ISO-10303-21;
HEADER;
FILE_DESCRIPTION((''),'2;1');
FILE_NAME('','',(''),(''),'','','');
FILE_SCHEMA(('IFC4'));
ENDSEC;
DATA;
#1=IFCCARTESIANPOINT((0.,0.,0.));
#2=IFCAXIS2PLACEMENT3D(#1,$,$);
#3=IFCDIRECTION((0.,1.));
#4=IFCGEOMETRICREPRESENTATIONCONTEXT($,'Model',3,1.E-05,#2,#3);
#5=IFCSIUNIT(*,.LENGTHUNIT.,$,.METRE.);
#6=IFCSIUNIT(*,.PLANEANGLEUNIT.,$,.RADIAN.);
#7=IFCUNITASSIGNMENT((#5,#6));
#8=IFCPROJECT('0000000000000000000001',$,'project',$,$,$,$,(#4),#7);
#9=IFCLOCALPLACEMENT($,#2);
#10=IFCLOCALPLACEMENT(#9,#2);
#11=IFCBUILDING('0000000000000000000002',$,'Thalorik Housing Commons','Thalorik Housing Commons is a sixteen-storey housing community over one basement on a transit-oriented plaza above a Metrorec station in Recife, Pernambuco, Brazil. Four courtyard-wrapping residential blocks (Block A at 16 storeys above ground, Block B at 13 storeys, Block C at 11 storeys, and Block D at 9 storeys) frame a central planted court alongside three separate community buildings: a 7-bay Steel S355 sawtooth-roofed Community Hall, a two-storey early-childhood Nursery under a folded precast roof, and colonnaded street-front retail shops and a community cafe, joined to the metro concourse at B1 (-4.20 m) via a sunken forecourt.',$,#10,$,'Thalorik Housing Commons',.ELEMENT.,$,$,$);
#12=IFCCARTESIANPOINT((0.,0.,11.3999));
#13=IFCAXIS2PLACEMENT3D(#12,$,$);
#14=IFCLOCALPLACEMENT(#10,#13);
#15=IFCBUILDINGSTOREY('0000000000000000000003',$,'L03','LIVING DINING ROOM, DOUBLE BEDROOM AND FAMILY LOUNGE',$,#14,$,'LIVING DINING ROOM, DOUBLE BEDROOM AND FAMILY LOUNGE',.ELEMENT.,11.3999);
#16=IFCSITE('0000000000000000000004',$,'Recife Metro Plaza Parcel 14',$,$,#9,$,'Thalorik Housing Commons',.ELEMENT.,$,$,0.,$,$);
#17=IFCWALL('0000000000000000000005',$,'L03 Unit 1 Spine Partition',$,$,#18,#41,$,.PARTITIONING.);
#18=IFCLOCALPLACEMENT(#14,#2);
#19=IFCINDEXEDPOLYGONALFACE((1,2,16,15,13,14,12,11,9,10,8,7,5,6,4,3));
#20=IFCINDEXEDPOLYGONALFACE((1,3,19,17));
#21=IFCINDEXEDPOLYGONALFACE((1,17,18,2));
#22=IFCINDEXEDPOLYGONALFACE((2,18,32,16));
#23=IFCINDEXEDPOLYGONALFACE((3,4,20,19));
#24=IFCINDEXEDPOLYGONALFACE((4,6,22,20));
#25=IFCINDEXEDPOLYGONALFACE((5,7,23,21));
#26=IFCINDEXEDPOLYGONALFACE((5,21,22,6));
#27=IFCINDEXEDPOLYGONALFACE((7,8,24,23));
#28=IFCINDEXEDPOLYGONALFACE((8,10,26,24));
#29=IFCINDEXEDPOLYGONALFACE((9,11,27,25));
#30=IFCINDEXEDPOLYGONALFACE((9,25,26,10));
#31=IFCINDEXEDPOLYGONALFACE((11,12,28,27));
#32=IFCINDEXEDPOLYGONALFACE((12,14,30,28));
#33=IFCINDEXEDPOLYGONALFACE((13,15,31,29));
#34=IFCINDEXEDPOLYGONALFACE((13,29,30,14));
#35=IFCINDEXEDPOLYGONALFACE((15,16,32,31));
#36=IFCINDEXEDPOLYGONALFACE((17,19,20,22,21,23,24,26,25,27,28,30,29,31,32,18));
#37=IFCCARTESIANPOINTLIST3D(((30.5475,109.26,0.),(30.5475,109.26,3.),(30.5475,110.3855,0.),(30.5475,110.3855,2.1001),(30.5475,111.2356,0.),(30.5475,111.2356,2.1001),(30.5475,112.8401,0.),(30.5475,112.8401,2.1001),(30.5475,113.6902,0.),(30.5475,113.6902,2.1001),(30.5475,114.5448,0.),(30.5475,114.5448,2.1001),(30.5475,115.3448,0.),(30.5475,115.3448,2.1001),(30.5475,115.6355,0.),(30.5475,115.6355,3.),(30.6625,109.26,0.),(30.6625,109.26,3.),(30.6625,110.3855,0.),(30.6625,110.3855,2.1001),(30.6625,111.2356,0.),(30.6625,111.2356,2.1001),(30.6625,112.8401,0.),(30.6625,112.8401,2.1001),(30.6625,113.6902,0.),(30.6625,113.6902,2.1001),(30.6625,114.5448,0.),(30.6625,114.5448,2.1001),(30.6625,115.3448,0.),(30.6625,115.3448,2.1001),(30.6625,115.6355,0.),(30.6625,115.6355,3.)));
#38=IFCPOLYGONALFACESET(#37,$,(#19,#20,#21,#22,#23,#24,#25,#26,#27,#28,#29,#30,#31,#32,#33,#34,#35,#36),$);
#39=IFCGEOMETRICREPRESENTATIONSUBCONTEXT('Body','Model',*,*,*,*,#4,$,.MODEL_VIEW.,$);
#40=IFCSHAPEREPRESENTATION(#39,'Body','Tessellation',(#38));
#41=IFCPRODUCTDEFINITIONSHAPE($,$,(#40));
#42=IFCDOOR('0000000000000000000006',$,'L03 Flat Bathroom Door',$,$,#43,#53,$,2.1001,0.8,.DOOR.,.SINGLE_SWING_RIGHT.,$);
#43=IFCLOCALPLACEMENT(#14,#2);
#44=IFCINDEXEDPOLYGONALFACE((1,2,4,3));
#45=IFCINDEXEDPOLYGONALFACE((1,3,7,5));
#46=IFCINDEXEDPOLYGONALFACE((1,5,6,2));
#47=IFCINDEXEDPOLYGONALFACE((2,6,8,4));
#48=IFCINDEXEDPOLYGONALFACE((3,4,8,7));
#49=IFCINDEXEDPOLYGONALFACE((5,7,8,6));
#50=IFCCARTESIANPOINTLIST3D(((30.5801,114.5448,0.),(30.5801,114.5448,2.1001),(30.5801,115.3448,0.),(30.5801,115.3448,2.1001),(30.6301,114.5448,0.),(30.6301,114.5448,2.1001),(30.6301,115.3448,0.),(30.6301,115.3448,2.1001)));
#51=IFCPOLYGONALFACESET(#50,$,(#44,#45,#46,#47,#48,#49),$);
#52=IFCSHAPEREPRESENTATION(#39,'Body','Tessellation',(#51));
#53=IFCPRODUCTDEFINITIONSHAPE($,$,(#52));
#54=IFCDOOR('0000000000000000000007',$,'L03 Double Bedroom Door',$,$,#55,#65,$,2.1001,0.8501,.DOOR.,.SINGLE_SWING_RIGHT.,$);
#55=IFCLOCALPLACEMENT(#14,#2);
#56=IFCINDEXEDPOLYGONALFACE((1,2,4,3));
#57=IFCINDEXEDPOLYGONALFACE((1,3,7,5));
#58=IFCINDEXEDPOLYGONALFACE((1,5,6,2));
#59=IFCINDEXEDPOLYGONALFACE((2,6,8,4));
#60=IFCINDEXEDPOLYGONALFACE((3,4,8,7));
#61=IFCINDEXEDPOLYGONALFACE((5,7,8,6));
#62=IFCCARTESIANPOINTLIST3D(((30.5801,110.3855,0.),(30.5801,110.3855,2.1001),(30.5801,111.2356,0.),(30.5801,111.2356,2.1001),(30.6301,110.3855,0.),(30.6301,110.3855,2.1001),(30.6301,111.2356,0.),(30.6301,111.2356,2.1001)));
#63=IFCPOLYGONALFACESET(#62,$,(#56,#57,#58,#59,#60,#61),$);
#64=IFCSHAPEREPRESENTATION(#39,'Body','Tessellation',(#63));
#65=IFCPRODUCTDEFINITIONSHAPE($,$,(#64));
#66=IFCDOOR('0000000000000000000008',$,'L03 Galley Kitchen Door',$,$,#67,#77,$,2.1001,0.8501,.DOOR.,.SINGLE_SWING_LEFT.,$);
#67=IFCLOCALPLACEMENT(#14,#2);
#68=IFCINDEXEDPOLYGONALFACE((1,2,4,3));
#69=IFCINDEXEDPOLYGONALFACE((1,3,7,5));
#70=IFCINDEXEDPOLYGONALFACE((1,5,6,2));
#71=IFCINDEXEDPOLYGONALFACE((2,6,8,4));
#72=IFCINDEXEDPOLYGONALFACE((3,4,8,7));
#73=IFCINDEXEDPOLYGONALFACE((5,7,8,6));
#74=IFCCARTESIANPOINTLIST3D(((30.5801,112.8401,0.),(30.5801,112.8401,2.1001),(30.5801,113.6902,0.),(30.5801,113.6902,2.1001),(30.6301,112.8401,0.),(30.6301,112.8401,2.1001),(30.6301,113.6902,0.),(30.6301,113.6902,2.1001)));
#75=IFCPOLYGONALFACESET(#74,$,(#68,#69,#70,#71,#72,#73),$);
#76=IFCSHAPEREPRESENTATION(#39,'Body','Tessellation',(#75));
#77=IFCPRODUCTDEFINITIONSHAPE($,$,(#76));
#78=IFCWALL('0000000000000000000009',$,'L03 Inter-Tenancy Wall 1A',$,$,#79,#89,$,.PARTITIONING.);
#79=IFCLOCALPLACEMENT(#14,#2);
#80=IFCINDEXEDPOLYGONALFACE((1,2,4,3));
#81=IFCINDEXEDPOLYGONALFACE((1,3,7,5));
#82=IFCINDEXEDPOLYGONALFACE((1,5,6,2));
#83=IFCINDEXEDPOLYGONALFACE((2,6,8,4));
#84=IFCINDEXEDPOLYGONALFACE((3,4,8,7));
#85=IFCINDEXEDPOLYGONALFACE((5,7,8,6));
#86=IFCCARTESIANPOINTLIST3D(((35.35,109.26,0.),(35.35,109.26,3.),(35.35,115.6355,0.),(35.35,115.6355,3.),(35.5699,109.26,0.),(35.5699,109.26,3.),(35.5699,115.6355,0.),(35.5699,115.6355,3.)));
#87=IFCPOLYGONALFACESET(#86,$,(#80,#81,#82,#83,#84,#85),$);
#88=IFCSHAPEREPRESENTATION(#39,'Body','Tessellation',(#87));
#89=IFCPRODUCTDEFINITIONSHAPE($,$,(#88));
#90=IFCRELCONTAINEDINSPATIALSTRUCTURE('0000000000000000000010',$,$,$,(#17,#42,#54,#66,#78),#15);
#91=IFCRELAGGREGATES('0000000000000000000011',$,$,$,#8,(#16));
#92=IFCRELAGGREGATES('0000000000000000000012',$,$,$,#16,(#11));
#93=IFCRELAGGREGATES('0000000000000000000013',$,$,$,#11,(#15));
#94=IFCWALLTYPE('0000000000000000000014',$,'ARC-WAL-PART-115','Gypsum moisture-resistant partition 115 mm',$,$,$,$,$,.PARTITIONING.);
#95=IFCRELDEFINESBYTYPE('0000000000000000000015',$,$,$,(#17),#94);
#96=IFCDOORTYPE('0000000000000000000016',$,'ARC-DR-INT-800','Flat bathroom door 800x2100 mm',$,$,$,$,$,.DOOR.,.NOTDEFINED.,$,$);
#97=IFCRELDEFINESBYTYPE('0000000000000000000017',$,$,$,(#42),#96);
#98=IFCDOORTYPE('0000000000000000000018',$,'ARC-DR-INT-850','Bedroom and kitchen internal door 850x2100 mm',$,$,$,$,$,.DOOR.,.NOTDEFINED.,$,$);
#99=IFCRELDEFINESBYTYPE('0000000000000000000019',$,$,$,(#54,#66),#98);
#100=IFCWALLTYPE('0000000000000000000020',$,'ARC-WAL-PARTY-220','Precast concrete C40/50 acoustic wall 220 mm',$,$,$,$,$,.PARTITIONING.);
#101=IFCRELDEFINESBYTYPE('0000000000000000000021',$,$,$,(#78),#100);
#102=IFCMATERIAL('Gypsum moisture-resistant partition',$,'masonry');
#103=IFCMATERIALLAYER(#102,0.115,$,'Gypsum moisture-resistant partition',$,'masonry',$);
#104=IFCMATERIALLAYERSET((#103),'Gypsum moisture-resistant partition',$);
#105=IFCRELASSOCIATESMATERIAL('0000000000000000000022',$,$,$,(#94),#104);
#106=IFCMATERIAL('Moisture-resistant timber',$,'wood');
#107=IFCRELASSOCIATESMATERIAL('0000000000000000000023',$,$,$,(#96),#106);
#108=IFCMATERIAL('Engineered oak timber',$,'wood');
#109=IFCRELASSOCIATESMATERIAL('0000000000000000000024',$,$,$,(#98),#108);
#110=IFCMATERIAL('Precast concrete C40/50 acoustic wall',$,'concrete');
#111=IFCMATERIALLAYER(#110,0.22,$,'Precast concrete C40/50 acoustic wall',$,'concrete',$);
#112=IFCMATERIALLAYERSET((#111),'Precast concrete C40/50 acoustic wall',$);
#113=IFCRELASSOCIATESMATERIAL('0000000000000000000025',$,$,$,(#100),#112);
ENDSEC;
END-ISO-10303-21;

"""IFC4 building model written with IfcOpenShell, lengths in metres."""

from ifc_helpers import new_model, si_unit, direction, frame, frame_2d, origin, place, context, subcontext, project, spatial, rectangle, extrude, material, layer, layer_set, type_object, element, fill, save


model = new_model("IFC4")

# Units and contexts
model_context = context("Model", 3, precision=1e-05, world=origin(), true_north=direction((0.0, 1.0)))
body_context = subcontext(model_context, "Body", "Model", "MODEL_VIEW")
ifc_project = project(units=[si_unit("LENGTHUNIT", "METRE"), si_unit("PLANEANGLEUNIT", "RADIAN")], contexts=[model_context])

# Site, building, storey
site_placement = place(None, origin())
site = spatial("IfcSite", under=ifc_project, at=site_placement, Name="Recife Metro Plaza Parcel 14", LongName="Thalorik Housing Commons", CompositionType="ELEMENT", RefElevation=0.0)
building_placement = place(site_placement, origin())
building = spatial("IfcBuilding", under=site, at=building_placement, Name="Thalorik Housing Commons", Description="Thalorik Housing Commons is a sixteen-storey housing community over one basement on a transit-oriented plaza above a Metrorec station in Recife, Pernambuco, Brazil. Four courtyard-wrapping residential blocks (Block A at 16 storeys above ground, Block B at 13 storeys, Block C at 11 storeys, and Block D at 9 storeys) frame a central planted court alongside three separate community buildings: a 7-bay Steel S355 sawtooth-roofed Community Hall, a two-storey early-childhood Nursery under a folded precast roof, and colonnaded street-front retail shops and a community cafe, joined to the metro concourse at B1 (-4.20 m) via a sunken forecourt.", LongName="Thalorik Housing Commons", CompositionType="ELEMENT")
storey_placement = place(building_placement, frame((0.0, 0.0, 11.3999)))
storey = spatial("IfcBuildingStorey", under=building, at=storey_placement, Name="L03", Description="LIVING DINING ROOM, DOUBLE BEDROOM AND FAMILY LOUNGE", LongName="LIVING DINING ROOM, DOUBLE BEDROOM AND FAMILY LOUNGE", CompositionType="ELEMENT", Elevation=11.3999)

# Wall, openings, doors
ifc_material_1 = material(Name="Gypsum moisture-resistant partition", Category="masonry")
ifc_layer_1 = layer(ifc_material_1, 0.115, Name="Gypsum moisture-resistant partition", Category="masonry")
ifc_layer_set_1 = layer_set([ifc_layer_1], Name="Gypsum moisture-resistant partition")
wall_type_1 = type_object("IfcWallType", Name="ARC-WAL-PART-115", Description="Gypsum moisture-resistant partition 115 mm", PredefinedType="PARTITIONING", material=ifc_layer_set_1)
wall_1_placement = place(storey_placement, frame((30.605, 109.26, 0.0), z_axis=(0.0, 0.0, 1.0), x_axis=(0.0, 1.0, 0.0)))
wall_1 = element("IfcWall", 1, at=wall_1_placement, inside=storey, type_object=wall_type_1, Name="L03 Unit 1 Spine Partition", PredefinedType="PARTITIONING", context=body_context, shape_type="SweptSolid", body=[
    extrude(rectangle(XDim=6.3755, YDim=0.115, at=frame_2d((3.1877, 0.0))), origin(), (0.0, 0.0, 1.0), 3.0),
])
opening_1_placement = place(wall_1_placement, frame((1.1255, 0.0, 0.0)))
opening_1 = element("IfcOpeningElement", 2, at=opening_1_placement, cuts=wall_1, PredefinedType="OPENING", context=body_context, shape_type="SweptSolid", body=[
    extrude(rectangle(XDim=0.8501, YDim=2.1001, at=frame_2d((0.425, 1.05))), frame((0.0, 0.0674, 0.0), z_axis=(0.0, -1.0, 0.0), x_axis=(1.0, 0.0, 0.0)), (0.0, 0.0, 1.0), 0.135),
])
opening_2_placement = place(wall_1_placement, frame((3.5801, 0.0, 0.0)))
opening_2 = element("IfcOpeningElement", 3, at=opening_2_placement, cuts=wall_1, PredefinedType="OPENING", context=body_context, shape_type="SweptSolid", body=[
    extrude(rectangle(XDim=0.8501, YDim=2.1001, at=frame_2d((0.425, 1.05))), frame((0.0, 0.0674, 0.0), z_axis=(0.0, -1.0, 0.0), x_axis=(1.0, 0.0, 0.0)), (0.0, 0.0, 1.0), 0.135),
])
opening_3_placement = place(wall_1_placement, frame((5.2849, 0.0, 0.0)))
opening_3 = element("IfcOpeningElement", 4, at=opening_3_placement, cuts=wall_1, PredefinedType="OPENING", context=body_context, shape_type="SweptSolid", body=[
    extrude(rectangle(XDim=0.8, YDim=2.1001, at=frame_2d((0.3999, 1.05))), frame((0.0, 0.0674, 0.0), z_axis=(0.0, -1.0, 0.0), x_axis=(1.0, 0.0, 0.0)), (0.0, 0.0, 1.0), 0.135),
])
ifc_material_2 = material(Name="Moisture-resistant timber", Category="wood")
door_type_1 = type_object("IfcDoorType", Name="ARC-DR-INT-800", Description="Flat bathroom door 800x2100 mm", OperationType="NOTDEFINED", PredefinedType="DOOR", material=ifc_material_2)
door_1_placement = place(opening_3_placement, origin())
door_1 = element("IfcDoor", 5, at=door_1_placement, inside=storey, type_object=door_type_1, Name="L03 Flat Bathroom Door", OperationType="SINGLE_SWING_RIGHT", OverallHeight=2.1001, OverallWidth=0.8, PredefinedType="DOOR", context=body_context, shape_type="SweptSolid", body=[
    extrude(rectangle(XDim=0.8, YDim=2.1001, at=frame_2d((0.3999, 1.05))), frame((0.0, 0.0249, 0.0), z_axis=(0.0, -1.0, 0.0), x_axis=(1.0, 0.0, 0.0)), (0.0, 0.0, 1.0), 0.05),
])
fill(opening_3, door_1)
ifc_material_3 = material(Name="Engineered oak timber", Category="wood")
door_type_2 = type_object("IfcDoorType", Name="ARC-DR-INT-850", Description="Bedroom and kitchen internal door 850x2100 mm", OperationType="NOTDEFINED", PredefinedType="DOOR", material=ifc_material_3)
door_2_placement = place(opening_1_placement, origin())
door_2 = element("IfcDoor", 6, at=door_2_placement, inside=storey, type_object=door_type_2, Name="L03 Double Bedroom Door", OperationType="SINGLE_SWING_RIGHT", OverallHeight=2.1001, OverallWidth=0.8501, PredefinedType="DOOR", context=body_context, shape_type="SweptSolid", body=[
    extrude(rectangle(XDim=0.8501, YDim=2.1001, at=frame_2d((0.425, 1.05))), frame((0.0, 0.0249, 0.0), z_axis=(0.0, -1.0, 0.0), x_axis=(1.0, 0.0, 0.0)), (0.0, 0.0, 1.0), 0.05),
])
fill(opening_1, door_2)
door_3_placement = place(opening_2_placement, origin())
door_3 = element("IfcDoor", 7, at=door_3_placement, inside=storey, type_object=door_type_2, Name="L03 Galley Kitchen Door", OperationType="SINGLE_SWING_LEFT", OverallHeight=2.1001, OverallWidth=0.8501, PredefinedType="DOOR", context=body_context, shape_type="SweptSolid", body=[
    extrude(rectangle(XDim=0.8501, YDim=2.1001, at=frame_2d((0.425, 1.05))), frame((0.0, 0.0249, 0.0), z_axis=(0.0, -1.0, 0.0), x_axis=(1.0, 0.0, 0.0)), (0.0, 0.0, 1.0), 0.05),
])
fill(opening_2, door_3)

# Wall
ifc_material_4 = material(Name="Precast concrete C40/50 acoustic wall", Category="concrete")
ifc_layer_2 = layer(ifc_material_4, 0.22, Name="Precast concrete C40/50 acoustic wall", Category="concrete")
ifc_layer_set_2 = layer_set([ifc_layer_2], Name="Precast concrete C40/50 acoustic wall")
wall_type_2 = type_object("IfcWallType", Name="ARC-WAL-PARTY-220", Description="Precast concrete C40/50 acoustic wall 220 mm", PredefinedType="PARTITIONING", material=ifc_layer_set_2)
wall_2_placement = place(storey_placement, frame((35.46, 109.26, 0.0), z_axis=(0.0, 0.0, 1.0), x_axis=(0.0, 1.0, 0.0)))
element("IfcWall", 8, at=wall_2_placement, inside=storey, type_object=wall_type_2, Name="L03 Inter-Tenancy Wall 1A", PredefinedType="PARTITIONING", context=body_context, shape_type="SweptSolid", body=[
    extrude(rectangle(XDim=6.3755, YDim=0.22, at=frame_2d((3.1877, 0.0))), origin(), (0.0, 0.0, 1.0), 3.0),
])

save(model, "model.ifc")
